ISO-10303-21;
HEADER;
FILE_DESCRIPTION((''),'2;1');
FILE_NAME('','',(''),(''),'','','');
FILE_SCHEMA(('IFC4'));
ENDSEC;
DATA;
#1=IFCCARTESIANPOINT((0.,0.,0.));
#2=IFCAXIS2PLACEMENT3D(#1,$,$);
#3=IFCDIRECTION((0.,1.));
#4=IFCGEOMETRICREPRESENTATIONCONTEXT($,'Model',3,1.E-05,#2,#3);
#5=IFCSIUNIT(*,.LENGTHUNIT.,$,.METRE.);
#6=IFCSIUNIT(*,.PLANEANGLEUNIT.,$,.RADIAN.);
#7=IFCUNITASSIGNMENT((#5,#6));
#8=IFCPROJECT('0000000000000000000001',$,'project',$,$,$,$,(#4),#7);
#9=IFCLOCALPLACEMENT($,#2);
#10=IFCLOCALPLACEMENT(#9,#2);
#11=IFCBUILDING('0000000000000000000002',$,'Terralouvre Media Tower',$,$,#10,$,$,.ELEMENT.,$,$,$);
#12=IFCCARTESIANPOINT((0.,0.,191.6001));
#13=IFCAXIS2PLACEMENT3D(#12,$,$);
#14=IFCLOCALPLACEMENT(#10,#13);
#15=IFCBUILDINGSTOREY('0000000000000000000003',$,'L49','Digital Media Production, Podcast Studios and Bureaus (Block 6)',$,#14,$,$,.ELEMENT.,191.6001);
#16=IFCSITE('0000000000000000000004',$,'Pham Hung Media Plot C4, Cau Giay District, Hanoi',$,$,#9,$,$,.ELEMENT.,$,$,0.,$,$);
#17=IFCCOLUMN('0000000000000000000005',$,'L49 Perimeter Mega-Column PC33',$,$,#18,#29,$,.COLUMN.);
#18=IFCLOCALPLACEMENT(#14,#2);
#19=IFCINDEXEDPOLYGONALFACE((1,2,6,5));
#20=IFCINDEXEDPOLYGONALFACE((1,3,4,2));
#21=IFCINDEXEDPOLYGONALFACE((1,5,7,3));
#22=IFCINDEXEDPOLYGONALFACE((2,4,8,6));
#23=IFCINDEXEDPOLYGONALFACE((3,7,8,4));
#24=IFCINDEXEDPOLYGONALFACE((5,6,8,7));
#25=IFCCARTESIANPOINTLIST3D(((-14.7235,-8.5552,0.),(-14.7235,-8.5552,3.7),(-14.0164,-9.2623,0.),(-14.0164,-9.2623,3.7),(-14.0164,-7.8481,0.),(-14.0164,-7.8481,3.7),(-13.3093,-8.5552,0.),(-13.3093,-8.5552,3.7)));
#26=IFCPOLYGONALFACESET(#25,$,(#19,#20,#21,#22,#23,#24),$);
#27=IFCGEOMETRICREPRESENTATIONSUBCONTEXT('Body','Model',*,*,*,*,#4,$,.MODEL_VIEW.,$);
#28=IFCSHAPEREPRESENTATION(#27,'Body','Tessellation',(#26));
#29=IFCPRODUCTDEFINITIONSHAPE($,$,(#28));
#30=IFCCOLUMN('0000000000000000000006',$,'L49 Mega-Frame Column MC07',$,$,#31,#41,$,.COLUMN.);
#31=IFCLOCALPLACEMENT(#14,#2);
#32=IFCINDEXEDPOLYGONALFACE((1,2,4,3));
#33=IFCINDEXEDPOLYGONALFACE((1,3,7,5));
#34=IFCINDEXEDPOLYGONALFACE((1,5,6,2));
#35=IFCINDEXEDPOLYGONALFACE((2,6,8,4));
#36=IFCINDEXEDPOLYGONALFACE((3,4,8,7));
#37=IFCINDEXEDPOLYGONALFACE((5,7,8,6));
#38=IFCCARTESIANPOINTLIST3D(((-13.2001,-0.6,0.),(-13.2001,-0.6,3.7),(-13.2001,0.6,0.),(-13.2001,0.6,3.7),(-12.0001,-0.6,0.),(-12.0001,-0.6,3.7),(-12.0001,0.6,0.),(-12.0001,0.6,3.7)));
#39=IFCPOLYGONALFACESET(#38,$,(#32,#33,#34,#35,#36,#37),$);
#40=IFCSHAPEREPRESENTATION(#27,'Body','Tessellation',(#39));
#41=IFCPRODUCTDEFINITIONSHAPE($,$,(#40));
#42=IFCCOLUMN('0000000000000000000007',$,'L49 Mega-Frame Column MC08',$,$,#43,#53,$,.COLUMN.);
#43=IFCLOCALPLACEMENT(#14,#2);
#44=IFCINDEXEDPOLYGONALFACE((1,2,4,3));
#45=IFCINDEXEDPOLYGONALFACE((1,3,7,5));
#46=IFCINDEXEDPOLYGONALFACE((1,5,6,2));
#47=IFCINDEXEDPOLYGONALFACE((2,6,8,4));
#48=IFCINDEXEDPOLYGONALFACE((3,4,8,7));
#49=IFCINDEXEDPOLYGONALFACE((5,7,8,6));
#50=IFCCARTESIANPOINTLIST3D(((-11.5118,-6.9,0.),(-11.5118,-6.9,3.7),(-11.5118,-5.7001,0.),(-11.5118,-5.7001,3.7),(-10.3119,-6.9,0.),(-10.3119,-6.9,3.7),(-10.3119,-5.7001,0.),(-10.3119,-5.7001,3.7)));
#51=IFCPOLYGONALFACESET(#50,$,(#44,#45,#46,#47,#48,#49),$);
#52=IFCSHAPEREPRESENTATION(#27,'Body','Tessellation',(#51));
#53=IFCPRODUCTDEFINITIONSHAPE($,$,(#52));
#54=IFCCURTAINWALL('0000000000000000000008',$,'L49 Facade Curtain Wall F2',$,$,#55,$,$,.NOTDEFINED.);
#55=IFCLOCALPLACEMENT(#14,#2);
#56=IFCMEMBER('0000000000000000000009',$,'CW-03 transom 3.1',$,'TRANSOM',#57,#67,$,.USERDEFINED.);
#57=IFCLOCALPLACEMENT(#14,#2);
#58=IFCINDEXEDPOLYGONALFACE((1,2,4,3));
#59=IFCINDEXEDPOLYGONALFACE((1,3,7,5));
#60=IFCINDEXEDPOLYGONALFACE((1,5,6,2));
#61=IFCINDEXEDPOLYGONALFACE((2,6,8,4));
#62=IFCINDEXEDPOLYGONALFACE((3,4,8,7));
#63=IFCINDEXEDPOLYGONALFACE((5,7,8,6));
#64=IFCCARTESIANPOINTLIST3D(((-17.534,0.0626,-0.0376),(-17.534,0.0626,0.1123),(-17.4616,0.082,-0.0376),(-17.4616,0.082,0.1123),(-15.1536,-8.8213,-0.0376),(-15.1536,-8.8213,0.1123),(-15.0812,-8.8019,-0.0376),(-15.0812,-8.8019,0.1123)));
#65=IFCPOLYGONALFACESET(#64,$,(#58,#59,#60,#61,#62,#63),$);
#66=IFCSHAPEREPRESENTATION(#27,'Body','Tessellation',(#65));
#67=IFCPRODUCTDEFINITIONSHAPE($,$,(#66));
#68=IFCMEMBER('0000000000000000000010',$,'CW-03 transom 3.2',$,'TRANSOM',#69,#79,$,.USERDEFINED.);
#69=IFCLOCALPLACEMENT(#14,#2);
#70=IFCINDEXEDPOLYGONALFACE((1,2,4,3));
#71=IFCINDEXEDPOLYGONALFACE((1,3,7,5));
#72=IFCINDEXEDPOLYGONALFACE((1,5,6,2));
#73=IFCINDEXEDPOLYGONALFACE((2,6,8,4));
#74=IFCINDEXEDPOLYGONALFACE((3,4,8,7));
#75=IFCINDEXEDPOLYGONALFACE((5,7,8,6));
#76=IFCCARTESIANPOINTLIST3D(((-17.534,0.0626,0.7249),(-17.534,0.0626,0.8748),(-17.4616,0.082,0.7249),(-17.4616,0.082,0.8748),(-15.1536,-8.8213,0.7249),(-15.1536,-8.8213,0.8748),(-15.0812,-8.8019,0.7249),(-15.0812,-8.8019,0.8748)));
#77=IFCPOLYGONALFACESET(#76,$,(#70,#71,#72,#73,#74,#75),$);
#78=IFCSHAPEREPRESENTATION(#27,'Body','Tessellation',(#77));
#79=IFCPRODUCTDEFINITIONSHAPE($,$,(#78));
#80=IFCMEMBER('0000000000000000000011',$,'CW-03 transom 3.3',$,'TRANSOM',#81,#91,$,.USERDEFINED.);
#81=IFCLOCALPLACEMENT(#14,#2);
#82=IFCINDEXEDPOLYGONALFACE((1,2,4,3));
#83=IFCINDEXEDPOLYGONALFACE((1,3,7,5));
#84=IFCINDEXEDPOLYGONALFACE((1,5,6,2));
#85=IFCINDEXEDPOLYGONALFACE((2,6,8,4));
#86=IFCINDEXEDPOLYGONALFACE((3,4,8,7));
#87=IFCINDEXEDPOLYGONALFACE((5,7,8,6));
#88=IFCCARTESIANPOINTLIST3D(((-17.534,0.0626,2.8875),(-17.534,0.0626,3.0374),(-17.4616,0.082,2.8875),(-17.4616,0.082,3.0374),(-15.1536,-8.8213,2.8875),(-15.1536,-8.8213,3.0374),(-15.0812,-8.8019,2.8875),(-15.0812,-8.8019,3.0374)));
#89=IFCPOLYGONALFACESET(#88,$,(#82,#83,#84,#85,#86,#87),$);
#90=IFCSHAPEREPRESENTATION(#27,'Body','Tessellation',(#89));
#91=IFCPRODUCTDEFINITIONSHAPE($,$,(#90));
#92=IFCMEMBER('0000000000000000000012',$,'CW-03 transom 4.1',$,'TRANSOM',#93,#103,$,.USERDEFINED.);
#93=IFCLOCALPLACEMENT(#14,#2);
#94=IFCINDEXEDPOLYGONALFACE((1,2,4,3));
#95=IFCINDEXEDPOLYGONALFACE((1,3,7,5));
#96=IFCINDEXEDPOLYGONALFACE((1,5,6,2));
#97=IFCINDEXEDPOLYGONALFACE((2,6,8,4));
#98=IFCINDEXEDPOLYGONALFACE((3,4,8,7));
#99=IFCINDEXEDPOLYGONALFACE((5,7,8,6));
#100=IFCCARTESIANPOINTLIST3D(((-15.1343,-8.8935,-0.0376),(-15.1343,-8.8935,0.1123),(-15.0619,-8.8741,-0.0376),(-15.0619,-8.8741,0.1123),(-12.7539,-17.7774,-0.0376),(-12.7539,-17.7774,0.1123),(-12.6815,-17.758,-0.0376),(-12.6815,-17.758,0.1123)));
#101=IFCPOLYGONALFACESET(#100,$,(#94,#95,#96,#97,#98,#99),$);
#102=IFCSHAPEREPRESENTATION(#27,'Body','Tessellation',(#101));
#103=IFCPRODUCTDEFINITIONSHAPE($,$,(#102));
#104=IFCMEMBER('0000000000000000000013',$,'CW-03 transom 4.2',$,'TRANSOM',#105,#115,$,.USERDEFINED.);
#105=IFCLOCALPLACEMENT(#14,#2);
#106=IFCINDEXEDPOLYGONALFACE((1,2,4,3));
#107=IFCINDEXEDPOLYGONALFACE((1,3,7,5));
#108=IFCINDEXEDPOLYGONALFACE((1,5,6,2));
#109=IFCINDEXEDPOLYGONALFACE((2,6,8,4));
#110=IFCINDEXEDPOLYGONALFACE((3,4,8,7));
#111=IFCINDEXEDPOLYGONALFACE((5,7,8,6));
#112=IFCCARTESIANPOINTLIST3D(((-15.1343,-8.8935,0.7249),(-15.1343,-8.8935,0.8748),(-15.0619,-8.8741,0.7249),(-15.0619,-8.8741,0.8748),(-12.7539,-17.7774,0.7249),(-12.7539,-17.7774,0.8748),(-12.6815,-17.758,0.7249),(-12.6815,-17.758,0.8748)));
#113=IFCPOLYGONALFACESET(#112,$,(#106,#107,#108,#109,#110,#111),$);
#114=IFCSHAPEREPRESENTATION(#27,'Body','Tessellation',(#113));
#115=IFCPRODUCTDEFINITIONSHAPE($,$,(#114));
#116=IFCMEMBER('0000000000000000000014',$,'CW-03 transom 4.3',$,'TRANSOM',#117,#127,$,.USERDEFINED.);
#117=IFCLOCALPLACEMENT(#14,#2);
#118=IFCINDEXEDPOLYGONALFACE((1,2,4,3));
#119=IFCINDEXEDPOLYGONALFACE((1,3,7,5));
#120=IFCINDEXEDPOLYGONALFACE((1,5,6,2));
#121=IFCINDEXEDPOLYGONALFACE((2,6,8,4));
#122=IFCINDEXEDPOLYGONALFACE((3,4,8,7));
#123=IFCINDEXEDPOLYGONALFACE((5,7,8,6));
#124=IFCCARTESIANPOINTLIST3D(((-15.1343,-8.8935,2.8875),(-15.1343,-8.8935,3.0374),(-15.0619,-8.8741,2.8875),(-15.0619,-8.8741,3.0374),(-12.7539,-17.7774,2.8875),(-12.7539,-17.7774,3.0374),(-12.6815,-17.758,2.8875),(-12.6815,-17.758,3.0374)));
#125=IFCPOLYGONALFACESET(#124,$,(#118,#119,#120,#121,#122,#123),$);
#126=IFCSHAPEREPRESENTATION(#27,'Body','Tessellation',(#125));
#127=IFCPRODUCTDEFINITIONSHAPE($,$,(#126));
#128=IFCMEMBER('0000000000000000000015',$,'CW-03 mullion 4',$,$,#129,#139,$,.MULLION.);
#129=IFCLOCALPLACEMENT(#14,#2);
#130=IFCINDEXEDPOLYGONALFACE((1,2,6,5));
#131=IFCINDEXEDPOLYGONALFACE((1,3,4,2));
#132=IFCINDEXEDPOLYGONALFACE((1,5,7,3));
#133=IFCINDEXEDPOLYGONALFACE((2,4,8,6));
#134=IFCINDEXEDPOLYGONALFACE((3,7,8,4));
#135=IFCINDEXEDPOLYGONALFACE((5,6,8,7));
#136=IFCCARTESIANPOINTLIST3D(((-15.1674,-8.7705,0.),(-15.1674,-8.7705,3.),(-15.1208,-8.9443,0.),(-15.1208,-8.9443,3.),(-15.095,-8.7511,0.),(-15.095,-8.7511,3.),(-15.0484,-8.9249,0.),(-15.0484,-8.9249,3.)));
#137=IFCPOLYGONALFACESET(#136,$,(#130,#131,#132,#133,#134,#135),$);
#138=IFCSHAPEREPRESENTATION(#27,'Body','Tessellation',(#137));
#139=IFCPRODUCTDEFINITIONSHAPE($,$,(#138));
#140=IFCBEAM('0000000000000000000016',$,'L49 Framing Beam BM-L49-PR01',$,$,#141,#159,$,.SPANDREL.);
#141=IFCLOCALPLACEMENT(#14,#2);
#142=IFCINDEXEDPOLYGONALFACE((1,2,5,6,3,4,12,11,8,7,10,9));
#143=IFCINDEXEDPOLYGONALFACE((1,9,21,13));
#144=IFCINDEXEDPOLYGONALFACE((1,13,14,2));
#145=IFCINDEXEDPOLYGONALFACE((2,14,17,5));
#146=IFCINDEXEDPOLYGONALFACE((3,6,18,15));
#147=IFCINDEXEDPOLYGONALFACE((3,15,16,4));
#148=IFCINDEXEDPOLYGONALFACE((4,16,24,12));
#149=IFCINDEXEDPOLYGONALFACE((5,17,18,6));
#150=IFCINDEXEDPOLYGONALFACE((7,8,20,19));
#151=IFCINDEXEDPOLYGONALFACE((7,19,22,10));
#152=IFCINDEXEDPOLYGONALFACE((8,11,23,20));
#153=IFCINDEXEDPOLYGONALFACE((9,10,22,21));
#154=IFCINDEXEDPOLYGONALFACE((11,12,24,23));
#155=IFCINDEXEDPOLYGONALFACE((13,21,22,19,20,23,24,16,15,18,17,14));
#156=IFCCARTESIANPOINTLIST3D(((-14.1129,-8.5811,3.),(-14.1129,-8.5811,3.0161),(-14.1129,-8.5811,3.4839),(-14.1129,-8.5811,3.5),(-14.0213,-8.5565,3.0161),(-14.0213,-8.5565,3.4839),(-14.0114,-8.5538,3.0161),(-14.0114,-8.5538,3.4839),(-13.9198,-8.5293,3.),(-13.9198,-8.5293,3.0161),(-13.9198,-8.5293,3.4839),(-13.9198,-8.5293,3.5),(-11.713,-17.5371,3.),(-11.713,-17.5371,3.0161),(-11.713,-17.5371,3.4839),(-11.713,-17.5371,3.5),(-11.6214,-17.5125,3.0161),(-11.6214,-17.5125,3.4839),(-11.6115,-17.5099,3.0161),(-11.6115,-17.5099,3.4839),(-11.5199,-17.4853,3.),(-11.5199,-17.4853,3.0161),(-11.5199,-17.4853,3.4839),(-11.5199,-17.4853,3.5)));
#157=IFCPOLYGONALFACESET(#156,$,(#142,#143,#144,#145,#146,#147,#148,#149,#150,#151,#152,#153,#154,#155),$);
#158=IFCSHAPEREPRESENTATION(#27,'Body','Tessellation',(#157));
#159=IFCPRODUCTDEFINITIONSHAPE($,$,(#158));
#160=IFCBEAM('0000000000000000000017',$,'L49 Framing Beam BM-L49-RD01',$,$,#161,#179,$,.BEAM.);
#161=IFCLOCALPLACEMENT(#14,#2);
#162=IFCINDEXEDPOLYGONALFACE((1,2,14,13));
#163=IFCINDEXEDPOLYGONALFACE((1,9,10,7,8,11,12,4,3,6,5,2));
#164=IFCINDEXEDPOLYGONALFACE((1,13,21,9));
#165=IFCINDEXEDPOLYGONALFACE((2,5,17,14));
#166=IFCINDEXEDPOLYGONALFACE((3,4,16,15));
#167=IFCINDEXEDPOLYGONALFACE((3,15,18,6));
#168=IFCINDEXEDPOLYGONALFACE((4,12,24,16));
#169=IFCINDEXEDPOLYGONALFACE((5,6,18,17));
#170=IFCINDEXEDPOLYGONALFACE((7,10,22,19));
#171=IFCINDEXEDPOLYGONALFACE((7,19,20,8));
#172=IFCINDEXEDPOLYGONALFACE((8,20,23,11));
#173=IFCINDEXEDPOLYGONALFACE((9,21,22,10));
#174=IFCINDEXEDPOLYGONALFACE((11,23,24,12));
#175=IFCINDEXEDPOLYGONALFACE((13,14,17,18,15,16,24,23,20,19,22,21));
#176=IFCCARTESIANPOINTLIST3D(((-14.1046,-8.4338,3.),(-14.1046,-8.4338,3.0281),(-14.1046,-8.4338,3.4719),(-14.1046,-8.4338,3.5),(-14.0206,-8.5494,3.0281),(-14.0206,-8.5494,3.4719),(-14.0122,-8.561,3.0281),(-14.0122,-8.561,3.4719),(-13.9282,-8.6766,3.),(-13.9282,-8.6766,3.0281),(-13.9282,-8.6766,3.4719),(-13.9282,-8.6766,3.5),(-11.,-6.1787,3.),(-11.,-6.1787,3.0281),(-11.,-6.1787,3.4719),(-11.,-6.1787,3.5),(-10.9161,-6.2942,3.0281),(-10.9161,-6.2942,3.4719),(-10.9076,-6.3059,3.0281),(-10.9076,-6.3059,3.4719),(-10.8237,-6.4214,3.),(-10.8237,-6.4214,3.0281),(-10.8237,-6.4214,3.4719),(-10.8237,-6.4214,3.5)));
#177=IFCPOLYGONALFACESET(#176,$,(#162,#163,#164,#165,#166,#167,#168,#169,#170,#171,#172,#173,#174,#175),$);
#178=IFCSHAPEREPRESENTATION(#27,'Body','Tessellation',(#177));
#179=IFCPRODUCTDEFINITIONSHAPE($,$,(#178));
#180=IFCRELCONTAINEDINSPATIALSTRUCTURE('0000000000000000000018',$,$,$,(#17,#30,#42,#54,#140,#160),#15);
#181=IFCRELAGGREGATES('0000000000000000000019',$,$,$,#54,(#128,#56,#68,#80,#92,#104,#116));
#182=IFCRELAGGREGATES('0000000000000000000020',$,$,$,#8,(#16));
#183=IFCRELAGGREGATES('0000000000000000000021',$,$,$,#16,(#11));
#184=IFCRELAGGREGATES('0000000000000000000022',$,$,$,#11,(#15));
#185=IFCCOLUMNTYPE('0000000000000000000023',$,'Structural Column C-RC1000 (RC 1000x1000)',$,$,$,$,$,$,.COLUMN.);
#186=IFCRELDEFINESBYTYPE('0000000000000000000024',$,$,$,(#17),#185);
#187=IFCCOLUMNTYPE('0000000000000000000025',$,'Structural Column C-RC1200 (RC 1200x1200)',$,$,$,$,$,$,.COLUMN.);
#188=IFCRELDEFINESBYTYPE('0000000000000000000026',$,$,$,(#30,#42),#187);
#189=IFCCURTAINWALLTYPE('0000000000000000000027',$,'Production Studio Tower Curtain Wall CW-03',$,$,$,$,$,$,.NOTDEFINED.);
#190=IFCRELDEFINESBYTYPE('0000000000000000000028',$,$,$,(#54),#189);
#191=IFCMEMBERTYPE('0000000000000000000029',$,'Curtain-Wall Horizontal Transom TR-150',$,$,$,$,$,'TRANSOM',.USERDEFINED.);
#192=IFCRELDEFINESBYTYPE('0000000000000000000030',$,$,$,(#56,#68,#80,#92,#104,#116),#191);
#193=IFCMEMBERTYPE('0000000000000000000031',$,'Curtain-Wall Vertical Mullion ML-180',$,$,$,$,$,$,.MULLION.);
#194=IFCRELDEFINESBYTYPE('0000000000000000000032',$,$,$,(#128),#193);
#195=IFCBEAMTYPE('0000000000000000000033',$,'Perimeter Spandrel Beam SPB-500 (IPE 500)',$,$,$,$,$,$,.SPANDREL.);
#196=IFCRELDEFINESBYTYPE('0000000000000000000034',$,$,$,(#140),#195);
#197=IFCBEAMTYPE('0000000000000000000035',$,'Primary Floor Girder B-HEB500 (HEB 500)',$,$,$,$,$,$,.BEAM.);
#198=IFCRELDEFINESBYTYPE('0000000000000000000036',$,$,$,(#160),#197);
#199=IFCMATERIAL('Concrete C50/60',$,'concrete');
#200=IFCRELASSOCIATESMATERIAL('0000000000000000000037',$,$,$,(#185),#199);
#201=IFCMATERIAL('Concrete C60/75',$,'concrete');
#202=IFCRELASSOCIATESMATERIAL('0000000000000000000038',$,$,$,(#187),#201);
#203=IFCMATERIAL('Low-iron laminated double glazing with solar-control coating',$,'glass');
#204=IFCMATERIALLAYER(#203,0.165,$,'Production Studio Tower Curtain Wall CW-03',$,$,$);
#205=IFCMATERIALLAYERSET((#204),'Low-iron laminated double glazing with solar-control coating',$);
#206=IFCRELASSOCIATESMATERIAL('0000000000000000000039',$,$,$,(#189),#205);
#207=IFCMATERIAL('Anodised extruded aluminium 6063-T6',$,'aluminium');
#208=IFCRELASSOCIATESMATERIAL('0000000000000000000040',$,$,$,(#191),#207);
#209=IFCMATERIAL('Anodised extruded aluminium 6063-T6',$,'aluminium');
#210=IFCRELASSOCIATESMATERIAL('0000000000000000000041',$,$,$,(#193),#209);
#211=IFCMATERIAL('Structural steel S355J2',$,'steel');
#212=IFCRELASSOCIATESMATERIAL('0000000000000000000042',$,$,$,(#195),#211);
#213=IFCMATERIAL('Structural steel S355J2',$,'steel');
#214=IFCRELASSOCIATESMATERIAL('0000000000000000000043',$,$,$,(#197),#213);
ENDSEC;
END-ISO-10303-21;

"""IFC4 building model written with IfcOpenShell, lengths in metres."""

from ifc_helpers import new_model, si_unit, direction, frame, origin, origin_2d, place, context, subcontext, project, spatial, rectangle, i_section, extrude, material, layer, layer_set, material_profile, profile_set, type_object, element, aggregate, save


model = new_model("IFC4")

# Units and contexts
model_context = context("Model", 3, precision=1e-05, world=origin(), true_north=direction((0.0, 1.0)))
body_context = subcontext(model_context, "Body", "Model", "MODEL_VIEW")
ifc_project = project(units=[si_unit("LENGTHUNIT", "METRE"), si_unit("PLANEANGLEUNIT", "RADIAN")], contexts=[model_context])

# Site, building, storey
site_placement = place(None, origin())
site = spatial("IfcSite", under=ifc_project, at=site_placement, Name="Pham Hung Media Plot C4, Cau Giay District, Hanoi", CompositionType="ELEMENT", RefElevation=0.0)
building_placement = place(site_placement, origin())
building = spatial("IfcBuilding", under=site, at=building_placement, Name="Terralouvre Media Tower", CompositionType="ELEMENT")
storey_placement = place(building_placement, frame((0.0, 0.0, 191.6001)))
storey = spatial("IfcBuildingStorey", under=building, at=storey_placement, Name="L49", Description="Digital Media Production, Podcast Studios and Bureaus (Block 6)", CompositionType="ELEMENT", Elevation=191.6001)

# Columns
ifc_material_1 = material(Name="Concrete C50/60", Category="concrete")
ifc_material_profile_1 = material_profile(ifc_material_1, rectangle(XDim=1.0, YDim=1.0, at=origin_2d()), Name="RC 1000x1000")
ifc_profile_set_1 = profile_set([ifc_material_profile_1], Name="Concrete C50/60")
column_type_1 = type_object("IfcColumnType", Name="Structural Column C-RC1000 (RC 1000x1000)", PredefinedType="COLUMN", material=ifc_profile_set_1)
column_placement = place(storey_placement, frame((-14.0164, -8.5552, 0.0), z_axis=(0.0, 0.0, 1.0), x_axis=(0.707107, 0.707107, 0.0)))
element("IfcColumn", 1, at=column_placement, inside=storey, type_object=column_type_1, Name="L49 Perimeter Mega-Column PC33", PredefinedType="COLUMN", context=body_context, shape_type="SweptSolid", body=[
    extrude(rectangle(XDim=1.0, YDim=1.0, at=origin_2d()), origin(), (0.0, 0.0, 1.0), 3.7),
])
ifc_material_2 = material(Name="Concrete C60/75", Category="concrete")
ifc_material_profile_2 = material_profile(ifc_material_2, rectangle(XDim=1.2, YDim=1.2, at=origin_2d()), Name="RC 1200x1200")
ifc_profile_set_2 = profile_set([ifc_material_profile_2], Name="Concrete C60/75")
column_type_2 = type_object("IfcColumnType", Name="Structural Column C-RC1200 (RC 1200x1200)", PredefinedType="COLUMN", material=ifc_profile_set_2)
for number, where, z_axis, x_axis, name in (
    (2, (-12.6001, 0.0, 0.0), (0.0, 0.0, 1.0), (1.0, 0.0, 0.0), "L49 Mega-Frame Column MC07"),
    (3, (-10.9119, -6.3, 0.0), (0.0, 0.0, 1.0), (1.0, 0.0, 0.0), "L49 Mega-Frame Column MC08"),
):
    element("IfcColumn", number, at=place(storey_placement, frame(where, z_axis=z_axis, x_axis=x_axis)), inside=storey, type_object=column_type_2, Name=name, PredefinedType="COLUMN", context=body_context, shape_type="SweptSolid", body=[
        extrude(rectangle(XDim=1.2, YDim=1.2, at=origin_2d()), origin(), (0.0, 0.0, 1.0), 3.7),
    ])

# Curtain wall, members
ifc_material_3 = material(Name="Low-iron laminated double glazing with solar-control coating", Category="glass")
ifc_layer_1 = layer(ifc_material_3, 0.165, Name="Production Studio Tower Curtain Wall CW-03")
ifc_layer_set_1 = layer_set([ifc_layer_1], Name="Low-iron laminated double glazing with solar-control coating")
curtain_wall_type = type_object("IfcCurtainWallType", Name="Production Studio Tower Curtain Wall CW-03", PredefinedType="NOTDEFINED", material=ifc_layer_set_1)
curtain_wall_placement = place(storey_placement, origin())
curtain_wall = element("IfcCurtainWall", 4, at=curtain_wall_placement, inside=storey, type_object=curtain_wall_type, Name="L49 Facade Curtain Wall F2", PredefinedType="NOTDEFINED")
ifc_material_4 = material(Name="Anodised extruded aluminium 6063-T6", Category="aluminium")
ifc_material_profile_3 = material_profile(ifc_material_4, rectangle(XDim=0.075, YDim=0.1499, at=origin_2d()), Name="ALU 75x150")
ifc_profile_set_3 = profile_set([ifc_material_profile_3], Name="Anodised extruded aluminium 6063-T6")
member_type_1 = type_object("IfcMemberType", Name="Curtain-Wall Horizontal Transom TR-150", ElementType="TRANSOM", PredefinedType="USERDEFINED", material=ifc_profile_set_3)
member_1_placement = place(storey_placement, frame((-17.4978, 0.0723, 0.0374), z_axis=(0.258816, -0.965927, 0.0), x_axis=(0.965927, 0.258816, 0.0)))
member_1 = element("IfcMember", 5, at=member_1_placement, type_object=member_type_1, Name="CW-03 transom 3.1", ObjectType="TRANSOM", PredefinedType="USERDEFINED", context=body_context, shape_type="SweptSolid", body=[
    extrude(rectangle(XDim=0.075, YDim=0.1499, at=origin_2d()), origin(), (0.0, 0.0, 1.0), 9.1973),
])
member_2_placement = place(storey_placement, frame((-17.4978, 0.0723, 0.7998), z_axis=(0.258816, -0.965927, 0.0), x_axis=(0.965927, 0.258816, 0.0)))
member_2 = element("IfcMember", 6, at=member_2_placement, type_object=member_type_1, Name="CW-03 transom 3.2", ObjectType="TRANSOM", PredefinedType="USERDEFINED", context=body_context, shape_type="SweptSolid", body=[
    extrude(rectangle(XDim=0.075, YDim=0.1499, at=origin_2d()), origin(), (0.0, 0.0, 1.0), 9.1973),
])
member_3_placement = place(storey_placement, frame((-17.4978, 0.0723, 2.9624), z_axis=(0.258816, -0.965927, 0.0), x_axis=(0.965927, 0.258816, 0.0)))
member_3 = element("IfcMember", 7, at=member_3_placement, type_object=member_type_1, Name="CW-03 transom 3.3", ObjectType="TRANSOM", PredefinedType="USERDEFINED", context=body_context, shape_type="SweptSolid", body=[
    extrude(rectangle(XDim=0.075, YDim=0.1499, at=origin_2d()), origin(), (0.0, 0.0, 1.0), 9.1973),
])
member_4_placement = place(storey_placement, frame((-15.0981, -8.8838, 0.0374), z_axis=(0.258816, -0.965927, 0.0), x_axis=(0.965927, 0.258816, 0.0)))
member_4 = element("IfcMember", 8, at=member_4_placement, type_object=member_type_1, Name="CW-03 transom 4.1", ObjectType="TRANSOM", PredefinedType="USERDEFINED", context=body_context, shape_type="SweptSolid", body=[
    extrude(rectangle(XDim=0.075, YDim=0.1499, at=origin_2d()), origin(), (0.0, 0.0, 1.0), 9.1973),
])
member_5_placement = place(storey_placement, frame((-15.0981, -8.8838, 0.7998), z_axis=(0.258816, -0.965927, 0.0), x_axis=(0.965927, 0.258816, 0.0)))
member_5 = element("IfcMember", 9, at=member_5_placement, type_object=member_type_1, Name="CW-03 transom 4.2", ObjectType="TRANSOM", PredefinedType="USERDEFINED", context=body_context, shape_type="SweptSolid", body=[
    extrude(rectangle(XDim=0.075, YDim=0.1499, at=origin_2d()), origin(), (0.0, 0.0, 1.0), 9.1973),
])
member_6_placement = place(storey_placement, frame((-15.0981, -8.8838, 2.9624), z_axis=(0.258816, -0.965927, 0.0), x_axis=(0.965927, 0.258816, 0.0)))
member_6 = element("IfcMember", 10, at=member_6_placement, type_object=member_type_1, Name="CW-03 transom 4.3", ObjectType="TRANSOM", PredefinedType="USERDEFINED", context=body_context, shape_type="SweptSolid", body=[
    extrude(rectangle(XDim=0.075, YDim=0.1499, at=origin_2d()), origin(), (0.0, 0.0, 1.0), 9.1973),
])
ifc_material_5 = material(Name="Anodised extruded aluminium 6063-T6", Category="aluminium")
ifc_material_profile_4 = material_profile(ifc_material_5, rectangle(XDim=0.075, YDim=0.1799, at=origin_2d()), Name="ALU 75x180")
ifc_profile_set_4 = profile_set([ifc_material_profile_4], Name="Anodised extruded aluminium 6063-T6")
member_type_2 = type_object("IfcMemberType", Name="Curtain-Wall Vertical Mullion ML-180", PredefinedType="MULLION", material=ifc_profile_set_4)
member_7_placement = place(storey_placement, frame((-15.1079, -8.8477, 0.0), z_axis=(0.0, 0.0, 1.0), x_axis=(0.965926, 0.258819, 0.0)))
member_7 = element("IfcMember", 11, at=member_7_placement, type_object=member_type_2, Name="CW-03 mullion 4", PredefinedType="MULLION", context=body_context, shape_type="SweptSolid", body=[
    extrude(rectangle(XDim=0.075, YDim=0.1799, at=origin_2d()), origin(), (0.0, 0.0, 1.0), 3.0),
])

# Beams
ifc_material_6 = material(Name="Structural steel S355J2", Category="steel")
ifc_material_profile_5 = material_profile(ifc_material_6, i_section(OverallWidth=0.2, OverallDepth=0.5, WebThickness=0.0103, FlangeThickness=0.0161, at=origin_2d()), Name="IPE 500")
ifc_profile_set_5 = profile_set([ifc_material_profile_5], Name="Structural steel S355J2")
beam_type_1 = type_object("IfcBeamType", Name="Perimeter Spandrel Beam SPB-500 (IPE 500)", PredefinedType="SPANDREL", material=ifc_profile_set_5)
beam_1_placement = place(storey_placement, frame((-14.0164, -8.5552, 3.25), z_axis=(0.258833, -0.965922, 0.0), x_axis=(0.965922, 0.258833, 0.0)))
element("IfcBeam", 12, at=beam_1_placement, inside=storey, type_object=beam_type_1, Name="L49 Framing Beam BM-L49-PR01", PredefinedType="SPANDREL", context=body_context, shape_type="SweptSolid", body=[
    extrude(i_section(OverallWidth=0.2, OverallDepth=0.5, WebThickness=0.0103, FlangeThickness=0.0161, at=origin_2d()), origin(), (0.0, 0.0, 1.0), 9.272),
])
ifc_material_7 = material(Name="Structural steel S355J2", Category="steel")
ifc_material_profile_6 = material_profile(ifc_material_7, i_section(OverallWidth=0.3, OverallDepth=0.5, WebThickness=0.0144, FlangeThickness=0.0281, at=origin_2d()), Name="HEB 500")
ifc_profile_set_6 = profile_set([ifc_material_profile_6], Name="Structural steel S355J2")
beam_type_2 = type_object("IfcBeamType", Name="Primary Floor Girder B-HEB500 (HEB 500)", PredefinedType="BEAM", material=ifc_profile_set_6)
beam_2_placement = place(storey_placement, frame((-10.9119, -6.3, 3.25), z_axis=(-0.809069, -0.587714, 0.0), x_axis=(0.587714, -0.809069, 0.0)))
element("IfcBeam", 13, at=beam_2_placement, inside=storey, type_object=beam_type_2, Name="L49 Framing Beam BM-L49-RD01", PredefinedType="BEAM", context=body_context, shape_type="SweptSolid", body=[
    extrude(i_section(OverallWidth=0.3, OverallDepth=0.5, WebThickness=0.0144, FlangeThickness=0.0281, at=origin_2d()), origin(), (0.0, 0.0, 1.0), 3.8372),
])

aggregate(curtain_wall, [member_7, member_1, member_2, member_3, member_4, member_5, member_6])

save(model, "model.ifc")
